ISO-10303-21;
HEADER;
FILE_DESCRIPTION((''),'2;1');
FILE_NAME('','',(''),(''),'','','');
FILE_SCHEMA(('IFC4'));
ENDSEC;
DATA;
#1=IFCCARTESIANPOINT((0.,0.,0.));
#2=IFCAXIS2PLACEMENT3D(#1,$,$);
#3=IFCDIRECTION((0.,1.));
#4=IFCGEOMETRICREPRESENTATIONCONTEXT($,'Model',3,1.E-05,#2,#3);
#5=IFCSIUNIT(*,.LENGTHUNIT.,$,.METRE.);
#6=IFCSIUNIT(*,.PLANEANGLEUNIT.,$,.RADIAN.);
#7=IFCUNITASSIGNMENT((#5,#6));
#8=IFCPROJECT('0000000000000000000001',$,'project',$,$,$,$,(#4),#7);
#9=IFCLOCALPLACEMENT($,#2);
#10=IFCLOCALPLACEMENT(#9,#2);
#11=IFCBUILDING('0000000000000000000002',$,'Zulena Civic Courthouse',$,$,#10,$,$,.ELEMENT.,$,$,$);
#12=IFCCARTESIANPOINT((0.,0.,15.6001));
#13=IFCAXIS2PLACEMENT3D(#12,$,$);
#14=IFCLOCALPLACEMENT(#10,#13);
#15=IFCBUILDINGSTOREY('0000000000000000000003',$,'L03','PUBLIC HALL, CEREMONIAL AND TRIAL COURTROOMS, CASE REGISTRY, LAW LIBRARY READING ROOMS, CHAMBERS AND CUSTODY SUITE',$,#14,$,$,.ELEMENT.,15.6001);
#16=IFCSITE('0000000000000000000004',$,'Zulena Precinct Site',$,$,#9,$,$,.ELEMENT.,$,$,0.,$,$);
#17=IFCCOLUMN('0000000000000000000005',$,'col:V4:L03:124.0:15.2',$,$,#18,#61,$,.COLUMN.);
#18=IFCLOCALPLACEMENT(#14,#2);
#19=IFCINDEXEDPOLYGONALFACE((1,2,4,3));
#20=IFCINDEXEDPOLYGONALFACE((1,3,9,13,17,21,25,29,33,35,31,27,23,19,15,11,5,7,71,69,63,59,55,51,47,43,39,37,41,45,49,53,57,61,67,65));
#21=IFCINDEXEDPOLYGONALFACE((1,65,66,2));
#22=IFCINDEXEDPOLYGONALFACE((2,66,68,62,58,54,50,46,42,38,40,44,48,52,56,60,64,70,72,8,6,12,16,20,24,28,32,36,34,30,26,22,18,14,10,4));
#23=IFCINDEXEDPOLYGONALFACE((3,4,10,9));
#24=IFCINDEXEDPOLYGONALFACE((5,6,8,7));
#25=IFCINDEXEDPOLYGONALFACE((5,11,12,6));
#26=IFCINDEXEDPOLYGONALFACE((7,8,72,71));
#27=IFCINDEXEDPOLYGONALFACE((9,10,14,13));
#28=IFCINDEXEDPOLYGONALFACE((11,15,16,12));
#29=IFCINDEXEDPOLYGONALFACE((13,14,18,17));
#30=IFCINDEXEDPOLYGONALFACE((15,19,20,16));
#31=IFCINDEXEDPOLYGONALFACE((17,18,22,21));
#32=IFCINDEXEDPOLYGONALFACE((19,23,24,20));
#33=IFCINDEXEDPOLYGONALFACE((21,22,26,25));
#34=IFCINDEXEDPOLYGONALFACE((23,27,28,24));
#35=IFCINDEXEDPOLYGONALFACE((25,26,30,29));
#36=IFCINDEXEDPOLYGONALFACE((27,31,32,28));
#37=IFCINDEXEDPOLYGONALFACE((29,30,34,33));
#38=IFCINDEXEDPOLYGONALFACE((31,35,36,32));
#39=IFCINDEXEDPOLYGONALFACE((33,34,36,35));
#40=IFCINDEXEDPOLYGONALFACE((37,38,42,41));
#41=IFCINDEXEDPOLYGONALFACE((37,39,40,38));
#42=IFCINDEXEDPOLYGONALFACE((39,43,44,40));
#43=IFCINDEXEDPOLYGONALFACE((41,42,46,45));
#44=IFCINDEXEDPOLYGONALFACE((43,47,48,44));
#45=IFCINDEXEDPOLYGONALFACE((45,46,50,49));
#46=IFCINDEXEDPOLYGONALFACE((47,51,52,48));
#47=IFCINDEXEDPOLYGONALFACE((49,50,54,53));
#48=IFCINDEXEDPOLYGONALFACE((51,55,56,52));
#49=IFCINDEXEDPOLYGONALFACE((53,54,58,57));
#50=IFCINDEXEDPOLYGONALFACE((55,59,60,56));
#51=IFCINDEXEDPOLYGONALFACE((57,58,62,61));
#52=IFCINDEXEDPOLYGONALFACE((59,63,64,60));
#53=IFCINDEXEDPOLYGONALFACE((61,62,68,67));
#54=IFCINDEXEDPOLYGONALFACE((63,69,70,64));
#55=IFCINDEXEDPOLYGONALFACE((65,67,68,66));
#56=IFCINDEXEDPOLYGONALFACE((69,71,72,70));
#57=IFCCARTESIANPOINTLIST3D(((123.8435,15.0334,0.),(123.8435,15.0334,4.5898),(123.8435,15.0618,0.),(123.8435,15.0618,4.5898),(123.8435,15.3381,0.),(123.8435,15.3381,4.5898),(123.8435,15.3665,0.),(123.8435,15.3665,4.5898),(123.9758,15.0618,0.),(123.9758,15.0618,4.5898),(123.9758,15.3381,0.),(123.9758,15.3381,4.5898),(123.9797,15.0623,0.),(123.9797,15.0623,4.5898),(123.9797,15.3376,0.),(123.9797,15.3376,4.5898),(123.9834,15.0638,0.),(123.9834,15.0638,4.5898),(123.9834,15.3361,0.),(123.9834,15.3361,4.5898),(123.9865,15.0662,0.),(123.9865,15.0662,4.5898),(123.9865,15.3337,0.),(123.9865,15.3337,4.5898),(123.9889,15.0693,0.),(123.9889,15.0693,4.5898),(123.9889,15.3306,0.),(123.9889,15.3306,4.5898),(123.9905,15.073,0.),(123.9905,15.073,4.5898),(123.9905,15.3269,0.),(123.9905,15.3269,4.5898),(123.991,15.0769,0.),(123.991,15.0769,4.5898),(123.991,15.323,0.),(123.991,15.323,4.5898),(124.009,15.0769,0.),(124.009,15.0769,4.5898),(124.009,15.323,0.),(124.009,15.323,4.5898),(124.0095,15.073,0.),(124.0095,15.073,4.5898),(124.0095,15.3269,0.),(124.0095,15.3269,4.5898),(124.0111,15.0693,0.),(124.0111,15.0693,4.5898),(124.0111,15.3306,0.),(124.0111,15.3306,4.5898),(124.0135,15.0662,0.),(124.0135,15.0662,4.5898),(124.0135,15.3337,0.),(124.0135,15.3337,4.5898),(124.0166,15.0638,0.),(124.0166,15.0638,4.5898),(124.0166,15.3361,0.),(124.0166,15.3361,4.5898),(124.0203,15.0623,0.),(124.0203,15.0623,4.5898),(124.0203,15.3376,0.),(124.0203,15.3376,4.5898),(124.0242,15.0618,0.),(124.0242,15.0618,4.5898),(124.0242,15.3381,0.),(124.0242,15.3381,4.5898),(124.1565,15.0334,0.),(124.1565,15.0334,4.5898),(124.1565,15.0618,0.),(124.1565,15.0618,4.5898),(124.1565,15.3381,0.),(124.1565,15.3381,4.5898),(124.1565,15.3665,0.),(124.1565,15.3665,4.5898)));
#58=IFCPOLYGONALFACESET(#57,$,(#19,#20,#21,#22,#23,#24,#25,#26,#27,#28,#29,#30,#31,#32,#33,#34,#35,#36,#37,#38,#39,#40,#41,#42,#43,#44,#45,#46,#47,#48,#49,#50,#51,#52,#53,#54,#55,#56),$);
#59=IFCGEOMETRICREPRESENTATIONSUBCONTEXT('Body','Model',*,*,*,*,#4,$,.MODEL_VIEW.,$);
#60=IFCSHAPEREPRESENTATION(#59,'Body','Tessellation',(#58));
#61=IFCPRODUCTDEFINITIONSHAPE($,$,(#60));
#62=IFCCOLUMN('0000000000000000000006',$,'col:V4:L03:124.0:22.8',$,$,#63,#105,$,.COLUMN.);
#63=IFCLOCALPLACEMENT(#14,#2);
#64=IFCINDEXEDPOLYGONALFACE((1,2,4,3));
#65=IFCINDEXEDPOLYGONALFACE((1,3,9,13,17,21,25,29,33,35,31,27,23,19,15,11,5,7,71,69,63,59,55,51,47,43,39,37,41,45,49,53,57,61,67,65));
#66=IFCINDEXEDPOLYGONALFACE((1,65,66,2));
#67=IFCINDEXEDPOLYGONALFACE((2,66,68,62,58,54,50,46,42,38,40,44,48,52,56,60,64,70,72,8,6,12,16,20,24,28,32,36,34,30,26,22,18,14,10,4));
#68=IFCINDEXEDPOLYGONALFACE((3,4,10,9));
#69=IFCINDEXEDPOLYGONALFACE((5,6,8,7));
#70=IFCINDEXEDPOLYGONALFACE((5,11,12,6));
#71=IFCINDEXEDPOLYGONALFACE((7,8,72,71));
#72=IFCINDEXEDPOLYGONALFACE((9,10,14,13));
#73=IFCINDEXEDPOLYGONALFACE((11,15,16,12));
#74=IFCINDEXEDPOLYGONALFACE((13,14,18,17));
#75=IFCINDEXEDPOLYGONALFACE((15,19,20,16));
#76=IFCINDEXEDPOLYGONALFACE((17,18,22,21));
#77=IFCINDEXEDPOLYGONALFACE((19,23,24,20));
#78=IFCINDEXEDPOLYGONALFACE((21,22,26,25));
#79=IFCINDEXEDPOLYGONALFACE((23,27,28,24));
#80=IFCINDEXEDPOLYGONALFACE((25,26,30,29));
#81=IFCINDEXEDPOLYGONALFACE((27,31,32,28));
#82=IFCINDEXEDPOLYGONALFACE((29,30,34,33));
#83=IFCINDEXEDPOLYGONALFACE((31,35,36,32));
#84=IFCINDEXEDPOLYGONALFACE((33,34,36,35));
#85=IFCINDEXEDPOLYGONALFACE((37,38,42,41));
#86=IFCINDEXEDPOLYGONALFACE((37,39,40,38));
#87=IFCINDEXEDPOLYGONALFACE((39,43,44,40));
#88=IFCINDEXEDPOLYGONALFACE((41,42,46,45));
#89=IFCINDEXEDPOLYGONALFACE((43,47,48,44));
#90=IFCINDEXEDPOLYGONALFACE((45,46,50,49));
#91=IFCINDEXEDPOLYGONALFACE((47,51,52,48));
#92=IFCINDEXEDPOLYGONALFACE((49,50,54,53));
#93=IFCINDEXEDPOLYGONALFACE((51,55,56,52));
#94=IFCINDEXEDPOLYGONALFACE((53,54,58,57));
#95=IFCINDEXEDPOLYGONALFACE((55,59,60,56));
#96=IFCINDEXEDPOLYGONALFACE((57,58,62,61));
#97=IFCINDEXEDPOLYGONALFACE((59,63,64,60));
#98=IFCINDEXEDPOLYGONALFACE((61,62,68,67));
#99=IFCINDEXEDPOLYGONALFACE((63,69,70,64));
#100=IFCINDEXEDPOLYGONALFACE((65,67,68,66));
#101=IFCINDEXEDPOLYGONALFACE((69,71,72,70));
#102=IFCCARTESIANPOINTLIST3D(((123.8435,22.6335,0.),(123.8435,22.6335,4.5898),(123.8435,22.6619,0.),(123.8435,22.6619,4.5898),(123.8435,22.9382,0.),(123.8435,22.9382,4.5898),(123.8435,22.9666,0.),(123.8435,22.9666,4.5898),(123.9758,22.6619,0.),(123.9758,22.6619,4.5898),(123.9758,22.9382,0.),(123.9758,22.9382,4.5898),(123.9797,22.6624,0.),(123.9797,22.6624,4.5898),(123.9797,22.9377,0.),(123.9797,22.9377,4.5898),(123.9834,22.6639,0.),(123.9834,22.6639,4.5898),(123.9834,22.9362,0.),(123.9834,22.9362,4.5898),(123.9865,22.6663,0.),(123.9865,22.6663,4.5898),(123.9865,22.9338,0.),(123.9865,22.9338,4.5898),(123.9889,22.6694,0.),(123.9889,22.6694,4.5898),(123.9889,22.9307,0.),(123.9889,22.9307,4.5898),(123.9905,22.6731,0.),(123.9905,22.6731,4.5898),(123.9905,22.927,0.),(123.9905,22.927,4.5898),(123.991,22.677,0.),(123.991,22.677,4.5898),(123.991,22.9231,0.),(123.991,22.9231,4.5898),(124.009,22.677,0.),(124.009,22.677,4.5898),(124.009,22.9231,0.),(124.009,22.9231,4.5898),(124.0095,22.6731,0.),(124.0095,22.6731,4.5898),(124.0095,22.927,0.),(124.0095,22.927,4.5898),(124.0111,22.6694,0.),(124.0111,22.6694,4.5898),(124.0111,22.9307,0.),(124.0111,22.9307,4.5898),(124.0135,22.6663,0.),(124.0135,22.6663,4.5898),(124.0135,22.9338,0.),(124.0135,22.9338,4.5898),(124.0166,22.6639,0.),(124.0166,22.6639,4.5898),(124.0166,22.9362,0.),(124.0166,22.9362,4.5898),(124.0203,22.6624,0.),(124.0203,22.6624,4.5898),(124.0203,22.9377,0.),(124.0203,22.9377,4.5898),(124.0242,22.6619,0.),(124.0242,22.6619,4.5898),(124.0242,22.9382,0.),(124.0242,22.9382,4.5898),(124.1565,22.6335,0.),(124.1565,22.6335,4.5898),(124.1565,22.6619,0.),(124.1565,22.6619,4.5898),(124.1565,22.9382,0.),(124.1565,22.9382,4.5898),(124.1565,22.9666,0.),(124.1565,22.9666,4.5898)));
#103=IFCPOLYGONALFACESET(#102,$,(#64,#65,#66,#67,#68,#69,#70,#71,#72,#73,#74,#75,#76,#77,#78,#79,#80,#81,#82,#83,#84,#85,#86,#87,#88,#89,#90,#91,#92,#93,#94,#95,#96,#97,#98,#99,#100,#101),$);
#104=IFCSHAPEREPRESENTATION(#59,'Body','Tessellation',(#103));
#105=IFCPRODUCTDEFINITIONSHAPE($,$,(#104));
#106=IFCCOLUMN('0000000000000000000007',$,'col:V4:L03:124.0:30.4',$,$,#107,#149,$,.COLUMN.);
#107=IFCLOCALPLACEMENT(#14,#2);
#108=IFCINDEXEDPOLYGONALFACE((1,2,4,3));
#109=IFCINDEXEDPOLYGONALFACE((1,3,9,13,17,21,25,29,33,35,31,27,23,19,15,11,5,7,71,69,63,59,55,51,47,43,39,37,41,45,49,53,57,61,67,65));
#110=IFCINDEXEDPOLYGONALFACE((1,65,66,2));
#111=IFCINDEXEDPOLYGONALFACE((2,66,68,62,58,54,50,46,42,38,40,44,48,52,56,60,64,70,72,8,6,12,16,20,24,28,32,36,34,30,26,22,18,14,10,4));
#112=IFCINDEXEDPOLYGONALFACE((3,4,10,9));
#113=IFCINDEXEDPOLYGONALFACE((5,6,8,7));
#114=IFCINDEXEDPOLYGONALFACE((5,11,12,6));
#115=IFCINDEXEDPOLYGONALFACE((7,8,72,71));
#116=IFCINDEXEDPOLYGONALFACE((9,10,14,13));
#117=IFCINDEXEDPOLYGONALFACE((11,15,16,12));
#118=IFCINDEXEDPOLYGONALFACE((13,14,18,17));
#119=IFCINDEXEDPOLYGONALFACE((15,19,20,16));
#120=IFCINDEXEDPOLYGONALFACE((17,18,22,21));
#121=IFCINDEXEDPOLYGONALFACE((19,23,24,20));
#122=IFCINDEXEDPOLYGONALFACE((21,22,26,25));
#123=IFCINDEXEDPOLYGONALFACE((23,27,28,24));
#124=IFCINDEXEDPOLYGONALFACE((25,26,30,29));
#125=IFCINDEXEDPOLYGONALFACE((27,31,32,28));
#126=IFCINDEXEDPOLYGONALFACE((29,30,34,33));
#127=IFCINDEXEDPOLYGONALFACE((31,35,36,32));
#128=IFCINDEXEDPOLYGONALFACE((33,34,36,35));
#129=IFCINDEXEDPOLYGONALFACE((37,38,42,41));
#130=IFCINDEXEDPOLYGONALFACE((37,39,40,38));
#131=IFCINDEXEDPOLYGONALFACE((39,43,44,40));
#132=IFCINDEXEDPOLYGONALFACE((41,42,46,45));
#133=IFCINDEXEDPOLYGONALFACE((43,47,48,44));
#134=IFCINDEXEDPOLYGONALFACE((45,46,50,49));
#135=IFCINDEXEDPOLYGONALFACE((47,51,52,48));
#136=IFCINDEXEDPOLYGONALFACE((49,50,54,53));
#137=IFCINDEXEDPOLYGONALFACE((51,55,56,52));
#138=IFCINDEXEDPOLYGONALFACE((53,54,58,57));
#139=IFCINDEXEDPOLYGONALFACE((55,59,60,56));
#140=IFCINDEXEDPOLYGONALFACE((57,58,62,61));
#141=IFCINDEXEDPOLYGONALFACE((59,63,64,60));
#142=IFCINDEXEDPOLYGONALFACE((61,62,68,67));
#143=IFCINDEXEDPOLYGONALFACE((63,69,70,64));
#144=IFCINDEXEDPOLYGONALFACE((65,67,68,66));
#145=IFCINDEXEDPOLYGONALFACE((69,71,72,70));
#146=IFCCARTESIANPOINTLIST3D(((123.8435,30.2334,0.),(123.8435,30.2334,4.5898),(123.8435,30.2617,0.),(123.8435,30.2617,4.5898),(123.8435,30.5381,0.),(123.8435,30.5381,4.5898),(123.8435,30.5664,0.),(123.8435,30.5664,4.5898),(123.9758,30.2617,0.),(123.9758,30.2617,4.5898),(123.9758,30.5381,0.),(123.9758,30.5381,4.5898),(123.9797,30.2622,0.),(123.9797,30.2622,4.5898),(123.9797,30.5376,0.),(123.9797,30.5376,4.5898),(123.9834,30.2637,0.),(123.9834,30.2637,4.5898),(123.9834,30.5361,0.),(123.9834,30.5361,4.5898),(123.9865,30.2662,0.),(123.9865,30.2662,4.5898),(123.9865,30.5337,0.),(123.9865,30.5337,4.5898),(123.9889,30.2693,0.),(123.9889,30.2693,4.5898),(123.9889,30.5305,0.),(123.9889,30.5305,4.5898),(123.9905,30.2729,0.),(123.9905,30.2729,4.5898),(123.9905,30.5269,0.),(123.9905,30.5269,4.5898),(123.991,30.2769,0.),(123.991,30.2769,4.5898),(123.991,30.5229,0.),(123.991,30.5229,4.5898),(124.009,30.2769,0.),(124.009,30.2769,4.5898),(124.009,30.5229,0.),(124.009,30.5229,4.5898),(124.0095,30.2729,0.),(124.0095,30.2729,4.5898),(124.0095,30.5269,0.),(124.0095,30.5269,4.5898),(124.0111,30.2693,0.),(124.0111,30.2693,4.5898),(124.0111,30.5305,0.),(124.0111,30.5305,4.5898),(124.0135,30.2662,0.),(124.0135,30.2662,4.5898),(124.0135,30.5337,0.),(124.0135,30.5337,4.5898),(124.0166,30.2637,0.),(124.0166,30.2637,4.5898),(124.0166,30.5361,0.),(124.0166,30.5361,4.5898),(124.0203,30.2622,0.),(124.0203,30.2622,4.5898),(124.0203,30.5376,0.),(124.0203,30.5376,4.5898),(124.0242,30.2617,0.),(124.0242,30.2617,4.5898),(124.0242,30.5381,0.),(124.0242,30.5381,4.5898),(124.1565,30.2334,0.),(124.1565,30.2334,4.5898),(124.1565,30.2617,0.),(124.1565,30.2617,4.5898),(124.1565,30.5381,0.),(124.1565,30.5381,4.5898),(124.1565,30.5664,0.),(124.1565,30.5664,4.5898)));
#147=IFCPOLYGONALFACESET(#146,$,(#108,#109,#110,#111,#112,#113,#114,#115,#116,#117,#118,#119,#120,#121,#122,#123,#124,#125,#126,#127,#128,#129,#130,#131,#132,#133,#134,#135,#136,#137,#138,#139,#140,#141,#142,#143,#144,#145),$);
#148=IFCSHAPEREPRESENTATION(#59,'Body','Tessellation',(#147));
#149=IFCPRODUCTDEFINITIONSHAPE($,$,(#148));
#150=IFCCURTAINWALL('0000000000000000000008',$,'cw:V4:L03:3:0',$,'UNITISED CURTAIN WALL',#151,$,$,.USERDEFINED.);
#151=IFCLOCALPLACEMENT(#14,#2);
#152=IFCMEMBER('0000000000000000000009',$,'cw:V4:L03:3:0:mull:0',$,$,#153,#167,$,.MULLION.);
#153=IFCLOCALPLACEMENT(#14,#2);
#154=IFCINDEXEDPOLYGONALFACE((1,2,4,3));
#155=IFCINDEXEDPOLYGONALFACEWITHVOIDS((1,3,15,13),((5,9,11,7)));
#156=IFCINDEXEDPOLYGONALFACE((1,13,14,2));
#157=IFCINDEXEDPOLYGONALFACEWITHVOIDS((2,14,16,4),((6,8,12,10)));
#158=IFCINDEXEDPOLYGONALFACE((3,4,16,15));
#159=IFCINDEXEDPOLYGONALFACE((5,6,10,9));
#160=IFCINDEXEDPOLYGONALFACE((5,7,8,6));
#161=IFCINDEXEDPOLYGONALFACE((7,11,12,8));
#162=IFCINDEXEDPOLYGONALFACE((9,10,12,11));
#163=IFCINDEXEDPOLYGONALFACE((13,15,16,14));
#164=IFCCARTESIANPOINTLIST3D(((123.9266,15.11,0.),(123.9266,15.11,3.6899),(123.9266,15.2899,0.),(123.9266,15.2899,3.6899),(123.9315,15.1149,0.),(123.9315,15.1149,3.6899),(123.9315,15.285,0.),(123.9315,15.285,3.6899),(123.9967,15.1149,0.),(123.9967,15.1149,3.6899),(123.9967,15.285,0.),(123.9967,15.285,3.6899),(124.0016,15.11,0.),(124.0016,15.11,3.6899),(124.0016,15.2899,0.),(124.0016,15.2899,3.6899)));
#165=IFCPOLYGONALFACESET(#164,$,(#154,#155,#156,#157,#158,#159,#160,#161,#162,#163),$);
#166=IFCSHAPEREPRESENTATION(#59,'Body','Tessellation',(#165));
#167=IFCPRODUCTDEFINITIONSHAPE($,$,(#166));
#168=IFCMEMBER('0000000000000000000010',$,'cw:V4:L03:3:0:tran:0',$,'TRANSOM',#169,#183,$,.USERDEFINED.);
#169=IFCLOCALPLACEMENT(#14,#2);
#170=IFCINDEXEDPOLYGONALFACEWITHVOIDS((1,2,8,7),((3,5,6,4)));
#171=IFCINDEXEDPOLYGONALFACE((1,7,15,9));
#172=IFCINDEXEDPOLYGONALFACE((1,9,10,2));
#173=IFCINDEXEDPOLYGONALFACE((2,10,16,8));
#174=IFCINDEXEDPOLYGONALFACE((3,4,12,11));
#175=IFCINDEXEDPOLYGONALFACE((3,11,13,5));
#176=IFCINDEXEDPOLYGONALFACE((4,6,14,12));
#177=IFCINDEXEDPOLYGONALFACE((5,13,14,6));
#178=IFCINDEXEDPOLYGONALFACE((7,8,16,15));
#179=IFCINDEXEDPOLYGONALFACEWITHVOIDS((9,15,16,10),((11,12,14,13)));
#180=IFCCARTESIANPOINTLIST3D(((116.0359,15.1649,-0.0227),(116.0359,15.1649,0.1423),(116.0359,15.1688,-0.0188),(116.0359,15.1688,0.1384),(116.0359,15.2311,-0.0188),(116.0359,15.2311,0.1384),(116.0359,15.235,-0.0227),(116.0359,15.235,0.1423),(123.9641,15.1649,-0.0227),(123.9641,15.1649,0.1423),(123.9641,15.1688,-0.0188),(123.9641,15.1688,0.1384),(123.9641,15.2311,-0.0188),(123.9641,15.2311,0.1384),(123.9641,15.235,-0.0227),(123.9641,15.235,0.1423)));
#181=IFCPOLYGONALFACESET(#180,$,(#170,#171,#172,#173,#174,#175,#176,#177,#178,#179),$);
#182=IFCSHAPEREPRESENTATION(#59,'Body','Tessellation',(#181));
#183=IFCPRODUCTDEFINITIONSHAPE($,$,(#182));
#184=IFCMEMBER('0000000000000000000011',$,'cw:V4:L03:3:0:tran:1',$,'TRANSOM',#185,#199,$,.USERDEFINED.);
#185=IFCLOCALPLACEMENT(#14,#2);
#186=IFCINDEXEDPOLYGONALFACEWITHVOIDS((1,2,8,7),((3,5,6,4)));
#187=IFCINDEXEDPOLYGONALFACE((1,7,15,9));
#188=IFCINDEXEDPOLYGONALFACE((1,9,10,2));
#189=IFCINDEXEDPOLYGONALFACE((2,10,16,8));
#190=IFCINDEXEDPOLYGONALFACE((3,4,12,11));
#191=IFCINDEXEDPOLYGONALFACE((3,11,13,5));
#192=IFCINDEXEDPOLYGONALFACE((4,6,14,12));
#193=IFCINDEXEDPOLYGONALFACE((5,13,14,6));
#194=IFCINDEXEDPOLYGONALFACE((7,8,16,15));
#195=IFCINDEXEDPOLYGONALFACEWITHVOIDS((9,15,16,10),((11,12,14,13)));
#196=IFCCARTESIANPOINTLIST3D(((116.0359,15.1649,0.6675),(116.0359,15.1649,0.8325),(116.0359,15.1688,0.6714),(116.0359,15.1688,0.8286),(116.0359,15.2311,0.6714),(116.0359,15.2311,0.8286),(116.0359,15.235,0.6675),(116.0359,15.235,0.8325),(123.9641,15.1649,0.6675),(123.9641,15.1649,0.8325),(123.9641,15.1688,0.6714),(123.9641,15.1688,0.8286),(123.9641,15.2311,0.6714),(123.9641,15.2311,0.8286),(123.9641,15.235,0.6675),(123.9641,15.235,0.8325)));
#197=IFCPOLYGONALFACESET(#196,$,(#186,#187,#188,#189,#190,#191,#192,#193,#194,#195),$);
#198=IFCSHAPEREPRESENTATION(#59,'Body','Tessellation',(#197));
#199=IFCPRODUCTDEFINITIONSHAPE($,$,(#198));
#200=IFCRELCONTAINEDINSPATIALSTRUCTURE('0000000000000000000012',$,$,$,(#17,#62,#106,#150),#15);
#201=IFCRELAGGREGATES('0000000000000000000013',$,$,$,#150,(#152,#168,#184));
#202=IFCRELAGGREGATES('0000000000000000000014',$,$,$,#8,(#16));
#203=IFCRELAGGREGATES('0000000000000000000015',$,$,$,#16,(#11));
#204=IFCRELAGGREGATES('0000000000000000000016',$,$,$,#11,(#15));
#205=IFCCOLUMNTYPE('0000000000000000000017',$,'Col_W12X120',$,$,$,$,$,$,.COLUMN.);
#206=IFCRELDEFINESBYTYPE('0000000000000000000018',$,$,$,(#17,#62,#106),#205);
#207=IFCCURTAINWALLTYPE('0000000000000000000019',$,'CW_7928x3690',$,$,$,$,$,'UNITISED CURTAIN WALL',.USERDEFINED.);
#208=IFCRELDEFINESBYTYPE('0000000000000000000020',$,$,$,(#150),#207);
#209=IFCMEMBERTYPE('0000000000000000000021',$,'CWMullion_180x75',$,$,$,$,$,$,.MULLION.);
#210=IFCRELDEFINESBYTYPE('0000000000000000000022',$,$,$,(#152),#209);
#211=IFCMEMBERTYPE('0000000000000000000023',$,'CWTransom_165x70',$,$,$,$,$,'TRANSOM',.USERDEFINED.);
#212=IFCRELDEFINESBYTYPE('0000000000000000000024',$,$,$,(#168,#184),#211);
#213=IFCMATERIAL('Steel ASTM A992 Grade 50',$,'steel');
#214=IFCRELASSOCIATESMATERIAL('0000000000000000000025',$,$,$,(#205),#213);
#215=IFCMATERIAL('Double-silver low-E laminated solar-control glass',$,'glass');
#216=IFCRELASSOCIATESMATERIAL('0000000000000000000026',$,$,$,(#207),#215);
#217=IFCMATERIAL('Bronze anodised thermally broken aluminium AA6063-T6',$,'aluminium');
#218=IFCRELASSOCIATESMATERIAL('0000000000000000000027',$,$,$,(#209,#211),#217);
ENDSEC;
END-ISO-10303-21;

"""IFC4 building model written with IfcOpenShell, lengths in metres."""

from ifc_helpers import new_model, si_unit, direction, frame, origin, origin_2d, place, context, subcontext, project, spatial, hollow_rectangle, i_section, extrude, material, material_profile, profile_set, type_object, element, aggregate, save


model = new_model("IFC4")

# Units and contexts
model_context = context("Model", 3, precision=1e-05, world=origin(), true_north=direction((0.0, 1.0)))
body_context = subcontext(model_context, "Body", "Model", "MODEL_VIEW")
ifc_project = project(units=[si_unit("LENGTHUNIT", "METRE"), si_unit("PLANEANGLEUNIT", "RADIAN")], contexts=[model_context])

# Site, building, storey
site_placement = place(None, origin())
site = spatial("IfcSite", under=ifc_project, at=site_placement, Name="Zulena Precinct Site", CompositionType="ELEMENT", RefElevation=0.0)
building_placement = place(site_placement, origin())
building = spatial("IfcBuilding", under=site, at=building_placement, Name="Zulena Civic Courthouse", CompositionType="ELEMENT")
storey_placement = place(building_placement, frame((0.0, 0.0, 15.6001)))
storey = spatial("IfcBuildingStorey", under=building, at=storey_placement, Name="L03", Description="PUBLIC HALL, CEREMONIAL AND TRIAL COURTROOMS, CASE REGISTRY, LAW LIBRARY READING ROOMS, CHAMBERS AND CUSTODY SUITE", CompositionType="ELEMENT", Elevation=15.6001)

# Columns
ifc_material_1 = material(Name="Steel ASTM A992 Grade 50", Category="steel")
ifc_material_profile_1 = material_profile(ifc_material_1, i_section(OverallWidth=0.313, OverallDepth=0.333, WebThickness=0.0181, FlangeThickness=0.0283, FilletRadius=0.0151, at=origin_2d()), Name="W12X120")
ifc_profile_set_1 = profile_set([ifc_material_profile_1], Name="Steel ASTM A992 Grade 50")
column_type = type_object("IfcColumnType", Name="Col_W12X120", PredefinedType="COLUMN", material=ifc_profile_set_1)
for number, where, z_axis, x_axis, name in (
    (1, (124.0, 15.2, 0.0), (0.0, 0.0, 1.0), (1.0, 0.0, 0.0), "col:V4:L03:124.0:15.2"),
    (2, (124.0, 22.8, 0.0), (0.0, 0.0, 1.0), (1.0, 0.0, 0.0), "col:V4:L03:124.0:22.8"),
    (3, (124.0, 30.3999, 0.0), (0.0, 0.0, 1.0), (1.0, 0.0, 0.0), "col:V4:L03:124.0:30.4"),
):
    element("IfcColumn", number, at=place(storey_placement, frame(where, z_axis=z_axis, x_axis=x_axis)), inside=storey, type_object=column_type, Name=name, PredefinedType="COLUMN", context=body_context, shape_type="SweptSolid", body=[
        extrude(i_section(OverallWidth=0.313, OverallDepth=0.333, WebThickness=0.0181, FlangeThickness=0.0283, FilletRadius=0.0151, at=origin_2d()), origin(), (0.0, 0.0, 1.0), 4.5898),
    ])

# Curtain wall, members
ifc_material_2 = material(Name="Double-silver low-E laminated solar-control glass", Category="glass")
curtain_wall_type = type_object("IfcCurtainWallType", Name="CW_7928x3690", ElementType="UNITISED CURTAIN WALL", PredefinedType="USERDEFINED", material=ifc_material_2)
curtain_wall_placement = place(storey_placement, origin())
curtain_wall = element("IfcCurtainWall", 4, at=curtain_wall_placement, inside=storey, type_object=curtain_wall_type, Name="cw:V4:L03:3:0", ObjectType="UNITISED CURTAIN WALL", PredefinedType="USERDEFINED")
ifc_material_3 = material(Name="Bronze anodised thermally broken aluminium AA6063-T6", Category="aluminium")
ifc_material_profile_2 = material_profile(ifc_material_3, hollow_rectangle(XDim=0.075, YDim=0.1799, WallThickness=0.0049, at=origin_2d()), Name="CWM180X75X5")
ifc_profile_set_2 = profile_set([ifc_material_profile_2], Name="Bronze anodised thermally broken aluminium AA6063-T6")
member_type_1 = type_object("IfcMemberType", Name="CWMullion_180x75", PredefinedType="MULLION", material=ifc_profile_set_2)
member_1_placement = place(storey_placement, frame((123.9641, 15.2, 0.0), z_axis=(0.0, 0.0, 1.0), x_axis=(1.0, 0.0, 0.0)))
member_1 = element("IfcMember", 5, at=member_1_placement, type_object=member_type_1, Name="cw:V4:L03:3:0:mull:0", PredefinedType="MULLION", context=body_context, shape_type="SweptSolid", body=[
    extrude(hollow_rectangle(XDim=0.075, YDim=0.1799, WallThickness=0.0049, at=origin_2d()), origin(), (0.0, 0.0, 1.0), 3.6899),
])
ifc_material_profile_3 = material_profile(ifc_material_3, hollow_rectangle(XDim=0.0701, YDim=0.165, WallThickness=0.0039, at=origin_2d()), Name="CWT165X70X4")
ifc_profile_set_3 = profile_set([ifc_material_profile_3], Name="Bronze anodised thermally broken aluminium AA6063-T6")
member_type_2 = type_object("IfcMemberType", Name="CWTransom_165x70", ElementType="TRANSOM", PredefinedType="USERDEFINED", material=ifc_profile_set_3)
member_2_placement = place(storey_placement, frame((123.9641, 15.2, 0.0598), z_axis=(-1.0, 0.0, 0.0), x_axis=(0.0, -1.0, 0.0)))
member_2 = element("IfcMember", 6, at=member_2_placement, type_object=member_type_2, Name="cw:V4:L03:3:0:tran:0", ObjectType="TRANSOM", PredefinedType="USERDEFINED", context=body_context, shape_type="SweptSolid", body=[
    extrude(hollow_rectangle(XDim=0.0701, YDim=0.165, WallThickness=0.0039, at=origin_2d()), origin(), (0.0, 0.0, 1.0), 7.9282),
])
member_3_placement = place(storey_placement, frame((123.9641, 15.2, 0.75), z_axis=(-1.0, 0.0, 0.0), x_axis=(0.0, -1.0, 0.0)))
member_3 = element("IfcMember", 7, at=member_3_placement, type_object=member_type_2, Name="cw:V4:L03:3:0:tran:1", ObjectType="TRANSOM", PredefinedType="USERDEFINED", context=body_context, shape_type="SweptSolid", body=[
    extrude(hollow_rectangle(XDim=0.0701, YDim=0.165, WallThickness=0.0039, at=origin_2d()), origin(), (0.0, 0.0, 1.0), 7.9282),
])
aggregate(curtain_wall, [member_1, member_2, member_3])

save(model, "model.ifc")
